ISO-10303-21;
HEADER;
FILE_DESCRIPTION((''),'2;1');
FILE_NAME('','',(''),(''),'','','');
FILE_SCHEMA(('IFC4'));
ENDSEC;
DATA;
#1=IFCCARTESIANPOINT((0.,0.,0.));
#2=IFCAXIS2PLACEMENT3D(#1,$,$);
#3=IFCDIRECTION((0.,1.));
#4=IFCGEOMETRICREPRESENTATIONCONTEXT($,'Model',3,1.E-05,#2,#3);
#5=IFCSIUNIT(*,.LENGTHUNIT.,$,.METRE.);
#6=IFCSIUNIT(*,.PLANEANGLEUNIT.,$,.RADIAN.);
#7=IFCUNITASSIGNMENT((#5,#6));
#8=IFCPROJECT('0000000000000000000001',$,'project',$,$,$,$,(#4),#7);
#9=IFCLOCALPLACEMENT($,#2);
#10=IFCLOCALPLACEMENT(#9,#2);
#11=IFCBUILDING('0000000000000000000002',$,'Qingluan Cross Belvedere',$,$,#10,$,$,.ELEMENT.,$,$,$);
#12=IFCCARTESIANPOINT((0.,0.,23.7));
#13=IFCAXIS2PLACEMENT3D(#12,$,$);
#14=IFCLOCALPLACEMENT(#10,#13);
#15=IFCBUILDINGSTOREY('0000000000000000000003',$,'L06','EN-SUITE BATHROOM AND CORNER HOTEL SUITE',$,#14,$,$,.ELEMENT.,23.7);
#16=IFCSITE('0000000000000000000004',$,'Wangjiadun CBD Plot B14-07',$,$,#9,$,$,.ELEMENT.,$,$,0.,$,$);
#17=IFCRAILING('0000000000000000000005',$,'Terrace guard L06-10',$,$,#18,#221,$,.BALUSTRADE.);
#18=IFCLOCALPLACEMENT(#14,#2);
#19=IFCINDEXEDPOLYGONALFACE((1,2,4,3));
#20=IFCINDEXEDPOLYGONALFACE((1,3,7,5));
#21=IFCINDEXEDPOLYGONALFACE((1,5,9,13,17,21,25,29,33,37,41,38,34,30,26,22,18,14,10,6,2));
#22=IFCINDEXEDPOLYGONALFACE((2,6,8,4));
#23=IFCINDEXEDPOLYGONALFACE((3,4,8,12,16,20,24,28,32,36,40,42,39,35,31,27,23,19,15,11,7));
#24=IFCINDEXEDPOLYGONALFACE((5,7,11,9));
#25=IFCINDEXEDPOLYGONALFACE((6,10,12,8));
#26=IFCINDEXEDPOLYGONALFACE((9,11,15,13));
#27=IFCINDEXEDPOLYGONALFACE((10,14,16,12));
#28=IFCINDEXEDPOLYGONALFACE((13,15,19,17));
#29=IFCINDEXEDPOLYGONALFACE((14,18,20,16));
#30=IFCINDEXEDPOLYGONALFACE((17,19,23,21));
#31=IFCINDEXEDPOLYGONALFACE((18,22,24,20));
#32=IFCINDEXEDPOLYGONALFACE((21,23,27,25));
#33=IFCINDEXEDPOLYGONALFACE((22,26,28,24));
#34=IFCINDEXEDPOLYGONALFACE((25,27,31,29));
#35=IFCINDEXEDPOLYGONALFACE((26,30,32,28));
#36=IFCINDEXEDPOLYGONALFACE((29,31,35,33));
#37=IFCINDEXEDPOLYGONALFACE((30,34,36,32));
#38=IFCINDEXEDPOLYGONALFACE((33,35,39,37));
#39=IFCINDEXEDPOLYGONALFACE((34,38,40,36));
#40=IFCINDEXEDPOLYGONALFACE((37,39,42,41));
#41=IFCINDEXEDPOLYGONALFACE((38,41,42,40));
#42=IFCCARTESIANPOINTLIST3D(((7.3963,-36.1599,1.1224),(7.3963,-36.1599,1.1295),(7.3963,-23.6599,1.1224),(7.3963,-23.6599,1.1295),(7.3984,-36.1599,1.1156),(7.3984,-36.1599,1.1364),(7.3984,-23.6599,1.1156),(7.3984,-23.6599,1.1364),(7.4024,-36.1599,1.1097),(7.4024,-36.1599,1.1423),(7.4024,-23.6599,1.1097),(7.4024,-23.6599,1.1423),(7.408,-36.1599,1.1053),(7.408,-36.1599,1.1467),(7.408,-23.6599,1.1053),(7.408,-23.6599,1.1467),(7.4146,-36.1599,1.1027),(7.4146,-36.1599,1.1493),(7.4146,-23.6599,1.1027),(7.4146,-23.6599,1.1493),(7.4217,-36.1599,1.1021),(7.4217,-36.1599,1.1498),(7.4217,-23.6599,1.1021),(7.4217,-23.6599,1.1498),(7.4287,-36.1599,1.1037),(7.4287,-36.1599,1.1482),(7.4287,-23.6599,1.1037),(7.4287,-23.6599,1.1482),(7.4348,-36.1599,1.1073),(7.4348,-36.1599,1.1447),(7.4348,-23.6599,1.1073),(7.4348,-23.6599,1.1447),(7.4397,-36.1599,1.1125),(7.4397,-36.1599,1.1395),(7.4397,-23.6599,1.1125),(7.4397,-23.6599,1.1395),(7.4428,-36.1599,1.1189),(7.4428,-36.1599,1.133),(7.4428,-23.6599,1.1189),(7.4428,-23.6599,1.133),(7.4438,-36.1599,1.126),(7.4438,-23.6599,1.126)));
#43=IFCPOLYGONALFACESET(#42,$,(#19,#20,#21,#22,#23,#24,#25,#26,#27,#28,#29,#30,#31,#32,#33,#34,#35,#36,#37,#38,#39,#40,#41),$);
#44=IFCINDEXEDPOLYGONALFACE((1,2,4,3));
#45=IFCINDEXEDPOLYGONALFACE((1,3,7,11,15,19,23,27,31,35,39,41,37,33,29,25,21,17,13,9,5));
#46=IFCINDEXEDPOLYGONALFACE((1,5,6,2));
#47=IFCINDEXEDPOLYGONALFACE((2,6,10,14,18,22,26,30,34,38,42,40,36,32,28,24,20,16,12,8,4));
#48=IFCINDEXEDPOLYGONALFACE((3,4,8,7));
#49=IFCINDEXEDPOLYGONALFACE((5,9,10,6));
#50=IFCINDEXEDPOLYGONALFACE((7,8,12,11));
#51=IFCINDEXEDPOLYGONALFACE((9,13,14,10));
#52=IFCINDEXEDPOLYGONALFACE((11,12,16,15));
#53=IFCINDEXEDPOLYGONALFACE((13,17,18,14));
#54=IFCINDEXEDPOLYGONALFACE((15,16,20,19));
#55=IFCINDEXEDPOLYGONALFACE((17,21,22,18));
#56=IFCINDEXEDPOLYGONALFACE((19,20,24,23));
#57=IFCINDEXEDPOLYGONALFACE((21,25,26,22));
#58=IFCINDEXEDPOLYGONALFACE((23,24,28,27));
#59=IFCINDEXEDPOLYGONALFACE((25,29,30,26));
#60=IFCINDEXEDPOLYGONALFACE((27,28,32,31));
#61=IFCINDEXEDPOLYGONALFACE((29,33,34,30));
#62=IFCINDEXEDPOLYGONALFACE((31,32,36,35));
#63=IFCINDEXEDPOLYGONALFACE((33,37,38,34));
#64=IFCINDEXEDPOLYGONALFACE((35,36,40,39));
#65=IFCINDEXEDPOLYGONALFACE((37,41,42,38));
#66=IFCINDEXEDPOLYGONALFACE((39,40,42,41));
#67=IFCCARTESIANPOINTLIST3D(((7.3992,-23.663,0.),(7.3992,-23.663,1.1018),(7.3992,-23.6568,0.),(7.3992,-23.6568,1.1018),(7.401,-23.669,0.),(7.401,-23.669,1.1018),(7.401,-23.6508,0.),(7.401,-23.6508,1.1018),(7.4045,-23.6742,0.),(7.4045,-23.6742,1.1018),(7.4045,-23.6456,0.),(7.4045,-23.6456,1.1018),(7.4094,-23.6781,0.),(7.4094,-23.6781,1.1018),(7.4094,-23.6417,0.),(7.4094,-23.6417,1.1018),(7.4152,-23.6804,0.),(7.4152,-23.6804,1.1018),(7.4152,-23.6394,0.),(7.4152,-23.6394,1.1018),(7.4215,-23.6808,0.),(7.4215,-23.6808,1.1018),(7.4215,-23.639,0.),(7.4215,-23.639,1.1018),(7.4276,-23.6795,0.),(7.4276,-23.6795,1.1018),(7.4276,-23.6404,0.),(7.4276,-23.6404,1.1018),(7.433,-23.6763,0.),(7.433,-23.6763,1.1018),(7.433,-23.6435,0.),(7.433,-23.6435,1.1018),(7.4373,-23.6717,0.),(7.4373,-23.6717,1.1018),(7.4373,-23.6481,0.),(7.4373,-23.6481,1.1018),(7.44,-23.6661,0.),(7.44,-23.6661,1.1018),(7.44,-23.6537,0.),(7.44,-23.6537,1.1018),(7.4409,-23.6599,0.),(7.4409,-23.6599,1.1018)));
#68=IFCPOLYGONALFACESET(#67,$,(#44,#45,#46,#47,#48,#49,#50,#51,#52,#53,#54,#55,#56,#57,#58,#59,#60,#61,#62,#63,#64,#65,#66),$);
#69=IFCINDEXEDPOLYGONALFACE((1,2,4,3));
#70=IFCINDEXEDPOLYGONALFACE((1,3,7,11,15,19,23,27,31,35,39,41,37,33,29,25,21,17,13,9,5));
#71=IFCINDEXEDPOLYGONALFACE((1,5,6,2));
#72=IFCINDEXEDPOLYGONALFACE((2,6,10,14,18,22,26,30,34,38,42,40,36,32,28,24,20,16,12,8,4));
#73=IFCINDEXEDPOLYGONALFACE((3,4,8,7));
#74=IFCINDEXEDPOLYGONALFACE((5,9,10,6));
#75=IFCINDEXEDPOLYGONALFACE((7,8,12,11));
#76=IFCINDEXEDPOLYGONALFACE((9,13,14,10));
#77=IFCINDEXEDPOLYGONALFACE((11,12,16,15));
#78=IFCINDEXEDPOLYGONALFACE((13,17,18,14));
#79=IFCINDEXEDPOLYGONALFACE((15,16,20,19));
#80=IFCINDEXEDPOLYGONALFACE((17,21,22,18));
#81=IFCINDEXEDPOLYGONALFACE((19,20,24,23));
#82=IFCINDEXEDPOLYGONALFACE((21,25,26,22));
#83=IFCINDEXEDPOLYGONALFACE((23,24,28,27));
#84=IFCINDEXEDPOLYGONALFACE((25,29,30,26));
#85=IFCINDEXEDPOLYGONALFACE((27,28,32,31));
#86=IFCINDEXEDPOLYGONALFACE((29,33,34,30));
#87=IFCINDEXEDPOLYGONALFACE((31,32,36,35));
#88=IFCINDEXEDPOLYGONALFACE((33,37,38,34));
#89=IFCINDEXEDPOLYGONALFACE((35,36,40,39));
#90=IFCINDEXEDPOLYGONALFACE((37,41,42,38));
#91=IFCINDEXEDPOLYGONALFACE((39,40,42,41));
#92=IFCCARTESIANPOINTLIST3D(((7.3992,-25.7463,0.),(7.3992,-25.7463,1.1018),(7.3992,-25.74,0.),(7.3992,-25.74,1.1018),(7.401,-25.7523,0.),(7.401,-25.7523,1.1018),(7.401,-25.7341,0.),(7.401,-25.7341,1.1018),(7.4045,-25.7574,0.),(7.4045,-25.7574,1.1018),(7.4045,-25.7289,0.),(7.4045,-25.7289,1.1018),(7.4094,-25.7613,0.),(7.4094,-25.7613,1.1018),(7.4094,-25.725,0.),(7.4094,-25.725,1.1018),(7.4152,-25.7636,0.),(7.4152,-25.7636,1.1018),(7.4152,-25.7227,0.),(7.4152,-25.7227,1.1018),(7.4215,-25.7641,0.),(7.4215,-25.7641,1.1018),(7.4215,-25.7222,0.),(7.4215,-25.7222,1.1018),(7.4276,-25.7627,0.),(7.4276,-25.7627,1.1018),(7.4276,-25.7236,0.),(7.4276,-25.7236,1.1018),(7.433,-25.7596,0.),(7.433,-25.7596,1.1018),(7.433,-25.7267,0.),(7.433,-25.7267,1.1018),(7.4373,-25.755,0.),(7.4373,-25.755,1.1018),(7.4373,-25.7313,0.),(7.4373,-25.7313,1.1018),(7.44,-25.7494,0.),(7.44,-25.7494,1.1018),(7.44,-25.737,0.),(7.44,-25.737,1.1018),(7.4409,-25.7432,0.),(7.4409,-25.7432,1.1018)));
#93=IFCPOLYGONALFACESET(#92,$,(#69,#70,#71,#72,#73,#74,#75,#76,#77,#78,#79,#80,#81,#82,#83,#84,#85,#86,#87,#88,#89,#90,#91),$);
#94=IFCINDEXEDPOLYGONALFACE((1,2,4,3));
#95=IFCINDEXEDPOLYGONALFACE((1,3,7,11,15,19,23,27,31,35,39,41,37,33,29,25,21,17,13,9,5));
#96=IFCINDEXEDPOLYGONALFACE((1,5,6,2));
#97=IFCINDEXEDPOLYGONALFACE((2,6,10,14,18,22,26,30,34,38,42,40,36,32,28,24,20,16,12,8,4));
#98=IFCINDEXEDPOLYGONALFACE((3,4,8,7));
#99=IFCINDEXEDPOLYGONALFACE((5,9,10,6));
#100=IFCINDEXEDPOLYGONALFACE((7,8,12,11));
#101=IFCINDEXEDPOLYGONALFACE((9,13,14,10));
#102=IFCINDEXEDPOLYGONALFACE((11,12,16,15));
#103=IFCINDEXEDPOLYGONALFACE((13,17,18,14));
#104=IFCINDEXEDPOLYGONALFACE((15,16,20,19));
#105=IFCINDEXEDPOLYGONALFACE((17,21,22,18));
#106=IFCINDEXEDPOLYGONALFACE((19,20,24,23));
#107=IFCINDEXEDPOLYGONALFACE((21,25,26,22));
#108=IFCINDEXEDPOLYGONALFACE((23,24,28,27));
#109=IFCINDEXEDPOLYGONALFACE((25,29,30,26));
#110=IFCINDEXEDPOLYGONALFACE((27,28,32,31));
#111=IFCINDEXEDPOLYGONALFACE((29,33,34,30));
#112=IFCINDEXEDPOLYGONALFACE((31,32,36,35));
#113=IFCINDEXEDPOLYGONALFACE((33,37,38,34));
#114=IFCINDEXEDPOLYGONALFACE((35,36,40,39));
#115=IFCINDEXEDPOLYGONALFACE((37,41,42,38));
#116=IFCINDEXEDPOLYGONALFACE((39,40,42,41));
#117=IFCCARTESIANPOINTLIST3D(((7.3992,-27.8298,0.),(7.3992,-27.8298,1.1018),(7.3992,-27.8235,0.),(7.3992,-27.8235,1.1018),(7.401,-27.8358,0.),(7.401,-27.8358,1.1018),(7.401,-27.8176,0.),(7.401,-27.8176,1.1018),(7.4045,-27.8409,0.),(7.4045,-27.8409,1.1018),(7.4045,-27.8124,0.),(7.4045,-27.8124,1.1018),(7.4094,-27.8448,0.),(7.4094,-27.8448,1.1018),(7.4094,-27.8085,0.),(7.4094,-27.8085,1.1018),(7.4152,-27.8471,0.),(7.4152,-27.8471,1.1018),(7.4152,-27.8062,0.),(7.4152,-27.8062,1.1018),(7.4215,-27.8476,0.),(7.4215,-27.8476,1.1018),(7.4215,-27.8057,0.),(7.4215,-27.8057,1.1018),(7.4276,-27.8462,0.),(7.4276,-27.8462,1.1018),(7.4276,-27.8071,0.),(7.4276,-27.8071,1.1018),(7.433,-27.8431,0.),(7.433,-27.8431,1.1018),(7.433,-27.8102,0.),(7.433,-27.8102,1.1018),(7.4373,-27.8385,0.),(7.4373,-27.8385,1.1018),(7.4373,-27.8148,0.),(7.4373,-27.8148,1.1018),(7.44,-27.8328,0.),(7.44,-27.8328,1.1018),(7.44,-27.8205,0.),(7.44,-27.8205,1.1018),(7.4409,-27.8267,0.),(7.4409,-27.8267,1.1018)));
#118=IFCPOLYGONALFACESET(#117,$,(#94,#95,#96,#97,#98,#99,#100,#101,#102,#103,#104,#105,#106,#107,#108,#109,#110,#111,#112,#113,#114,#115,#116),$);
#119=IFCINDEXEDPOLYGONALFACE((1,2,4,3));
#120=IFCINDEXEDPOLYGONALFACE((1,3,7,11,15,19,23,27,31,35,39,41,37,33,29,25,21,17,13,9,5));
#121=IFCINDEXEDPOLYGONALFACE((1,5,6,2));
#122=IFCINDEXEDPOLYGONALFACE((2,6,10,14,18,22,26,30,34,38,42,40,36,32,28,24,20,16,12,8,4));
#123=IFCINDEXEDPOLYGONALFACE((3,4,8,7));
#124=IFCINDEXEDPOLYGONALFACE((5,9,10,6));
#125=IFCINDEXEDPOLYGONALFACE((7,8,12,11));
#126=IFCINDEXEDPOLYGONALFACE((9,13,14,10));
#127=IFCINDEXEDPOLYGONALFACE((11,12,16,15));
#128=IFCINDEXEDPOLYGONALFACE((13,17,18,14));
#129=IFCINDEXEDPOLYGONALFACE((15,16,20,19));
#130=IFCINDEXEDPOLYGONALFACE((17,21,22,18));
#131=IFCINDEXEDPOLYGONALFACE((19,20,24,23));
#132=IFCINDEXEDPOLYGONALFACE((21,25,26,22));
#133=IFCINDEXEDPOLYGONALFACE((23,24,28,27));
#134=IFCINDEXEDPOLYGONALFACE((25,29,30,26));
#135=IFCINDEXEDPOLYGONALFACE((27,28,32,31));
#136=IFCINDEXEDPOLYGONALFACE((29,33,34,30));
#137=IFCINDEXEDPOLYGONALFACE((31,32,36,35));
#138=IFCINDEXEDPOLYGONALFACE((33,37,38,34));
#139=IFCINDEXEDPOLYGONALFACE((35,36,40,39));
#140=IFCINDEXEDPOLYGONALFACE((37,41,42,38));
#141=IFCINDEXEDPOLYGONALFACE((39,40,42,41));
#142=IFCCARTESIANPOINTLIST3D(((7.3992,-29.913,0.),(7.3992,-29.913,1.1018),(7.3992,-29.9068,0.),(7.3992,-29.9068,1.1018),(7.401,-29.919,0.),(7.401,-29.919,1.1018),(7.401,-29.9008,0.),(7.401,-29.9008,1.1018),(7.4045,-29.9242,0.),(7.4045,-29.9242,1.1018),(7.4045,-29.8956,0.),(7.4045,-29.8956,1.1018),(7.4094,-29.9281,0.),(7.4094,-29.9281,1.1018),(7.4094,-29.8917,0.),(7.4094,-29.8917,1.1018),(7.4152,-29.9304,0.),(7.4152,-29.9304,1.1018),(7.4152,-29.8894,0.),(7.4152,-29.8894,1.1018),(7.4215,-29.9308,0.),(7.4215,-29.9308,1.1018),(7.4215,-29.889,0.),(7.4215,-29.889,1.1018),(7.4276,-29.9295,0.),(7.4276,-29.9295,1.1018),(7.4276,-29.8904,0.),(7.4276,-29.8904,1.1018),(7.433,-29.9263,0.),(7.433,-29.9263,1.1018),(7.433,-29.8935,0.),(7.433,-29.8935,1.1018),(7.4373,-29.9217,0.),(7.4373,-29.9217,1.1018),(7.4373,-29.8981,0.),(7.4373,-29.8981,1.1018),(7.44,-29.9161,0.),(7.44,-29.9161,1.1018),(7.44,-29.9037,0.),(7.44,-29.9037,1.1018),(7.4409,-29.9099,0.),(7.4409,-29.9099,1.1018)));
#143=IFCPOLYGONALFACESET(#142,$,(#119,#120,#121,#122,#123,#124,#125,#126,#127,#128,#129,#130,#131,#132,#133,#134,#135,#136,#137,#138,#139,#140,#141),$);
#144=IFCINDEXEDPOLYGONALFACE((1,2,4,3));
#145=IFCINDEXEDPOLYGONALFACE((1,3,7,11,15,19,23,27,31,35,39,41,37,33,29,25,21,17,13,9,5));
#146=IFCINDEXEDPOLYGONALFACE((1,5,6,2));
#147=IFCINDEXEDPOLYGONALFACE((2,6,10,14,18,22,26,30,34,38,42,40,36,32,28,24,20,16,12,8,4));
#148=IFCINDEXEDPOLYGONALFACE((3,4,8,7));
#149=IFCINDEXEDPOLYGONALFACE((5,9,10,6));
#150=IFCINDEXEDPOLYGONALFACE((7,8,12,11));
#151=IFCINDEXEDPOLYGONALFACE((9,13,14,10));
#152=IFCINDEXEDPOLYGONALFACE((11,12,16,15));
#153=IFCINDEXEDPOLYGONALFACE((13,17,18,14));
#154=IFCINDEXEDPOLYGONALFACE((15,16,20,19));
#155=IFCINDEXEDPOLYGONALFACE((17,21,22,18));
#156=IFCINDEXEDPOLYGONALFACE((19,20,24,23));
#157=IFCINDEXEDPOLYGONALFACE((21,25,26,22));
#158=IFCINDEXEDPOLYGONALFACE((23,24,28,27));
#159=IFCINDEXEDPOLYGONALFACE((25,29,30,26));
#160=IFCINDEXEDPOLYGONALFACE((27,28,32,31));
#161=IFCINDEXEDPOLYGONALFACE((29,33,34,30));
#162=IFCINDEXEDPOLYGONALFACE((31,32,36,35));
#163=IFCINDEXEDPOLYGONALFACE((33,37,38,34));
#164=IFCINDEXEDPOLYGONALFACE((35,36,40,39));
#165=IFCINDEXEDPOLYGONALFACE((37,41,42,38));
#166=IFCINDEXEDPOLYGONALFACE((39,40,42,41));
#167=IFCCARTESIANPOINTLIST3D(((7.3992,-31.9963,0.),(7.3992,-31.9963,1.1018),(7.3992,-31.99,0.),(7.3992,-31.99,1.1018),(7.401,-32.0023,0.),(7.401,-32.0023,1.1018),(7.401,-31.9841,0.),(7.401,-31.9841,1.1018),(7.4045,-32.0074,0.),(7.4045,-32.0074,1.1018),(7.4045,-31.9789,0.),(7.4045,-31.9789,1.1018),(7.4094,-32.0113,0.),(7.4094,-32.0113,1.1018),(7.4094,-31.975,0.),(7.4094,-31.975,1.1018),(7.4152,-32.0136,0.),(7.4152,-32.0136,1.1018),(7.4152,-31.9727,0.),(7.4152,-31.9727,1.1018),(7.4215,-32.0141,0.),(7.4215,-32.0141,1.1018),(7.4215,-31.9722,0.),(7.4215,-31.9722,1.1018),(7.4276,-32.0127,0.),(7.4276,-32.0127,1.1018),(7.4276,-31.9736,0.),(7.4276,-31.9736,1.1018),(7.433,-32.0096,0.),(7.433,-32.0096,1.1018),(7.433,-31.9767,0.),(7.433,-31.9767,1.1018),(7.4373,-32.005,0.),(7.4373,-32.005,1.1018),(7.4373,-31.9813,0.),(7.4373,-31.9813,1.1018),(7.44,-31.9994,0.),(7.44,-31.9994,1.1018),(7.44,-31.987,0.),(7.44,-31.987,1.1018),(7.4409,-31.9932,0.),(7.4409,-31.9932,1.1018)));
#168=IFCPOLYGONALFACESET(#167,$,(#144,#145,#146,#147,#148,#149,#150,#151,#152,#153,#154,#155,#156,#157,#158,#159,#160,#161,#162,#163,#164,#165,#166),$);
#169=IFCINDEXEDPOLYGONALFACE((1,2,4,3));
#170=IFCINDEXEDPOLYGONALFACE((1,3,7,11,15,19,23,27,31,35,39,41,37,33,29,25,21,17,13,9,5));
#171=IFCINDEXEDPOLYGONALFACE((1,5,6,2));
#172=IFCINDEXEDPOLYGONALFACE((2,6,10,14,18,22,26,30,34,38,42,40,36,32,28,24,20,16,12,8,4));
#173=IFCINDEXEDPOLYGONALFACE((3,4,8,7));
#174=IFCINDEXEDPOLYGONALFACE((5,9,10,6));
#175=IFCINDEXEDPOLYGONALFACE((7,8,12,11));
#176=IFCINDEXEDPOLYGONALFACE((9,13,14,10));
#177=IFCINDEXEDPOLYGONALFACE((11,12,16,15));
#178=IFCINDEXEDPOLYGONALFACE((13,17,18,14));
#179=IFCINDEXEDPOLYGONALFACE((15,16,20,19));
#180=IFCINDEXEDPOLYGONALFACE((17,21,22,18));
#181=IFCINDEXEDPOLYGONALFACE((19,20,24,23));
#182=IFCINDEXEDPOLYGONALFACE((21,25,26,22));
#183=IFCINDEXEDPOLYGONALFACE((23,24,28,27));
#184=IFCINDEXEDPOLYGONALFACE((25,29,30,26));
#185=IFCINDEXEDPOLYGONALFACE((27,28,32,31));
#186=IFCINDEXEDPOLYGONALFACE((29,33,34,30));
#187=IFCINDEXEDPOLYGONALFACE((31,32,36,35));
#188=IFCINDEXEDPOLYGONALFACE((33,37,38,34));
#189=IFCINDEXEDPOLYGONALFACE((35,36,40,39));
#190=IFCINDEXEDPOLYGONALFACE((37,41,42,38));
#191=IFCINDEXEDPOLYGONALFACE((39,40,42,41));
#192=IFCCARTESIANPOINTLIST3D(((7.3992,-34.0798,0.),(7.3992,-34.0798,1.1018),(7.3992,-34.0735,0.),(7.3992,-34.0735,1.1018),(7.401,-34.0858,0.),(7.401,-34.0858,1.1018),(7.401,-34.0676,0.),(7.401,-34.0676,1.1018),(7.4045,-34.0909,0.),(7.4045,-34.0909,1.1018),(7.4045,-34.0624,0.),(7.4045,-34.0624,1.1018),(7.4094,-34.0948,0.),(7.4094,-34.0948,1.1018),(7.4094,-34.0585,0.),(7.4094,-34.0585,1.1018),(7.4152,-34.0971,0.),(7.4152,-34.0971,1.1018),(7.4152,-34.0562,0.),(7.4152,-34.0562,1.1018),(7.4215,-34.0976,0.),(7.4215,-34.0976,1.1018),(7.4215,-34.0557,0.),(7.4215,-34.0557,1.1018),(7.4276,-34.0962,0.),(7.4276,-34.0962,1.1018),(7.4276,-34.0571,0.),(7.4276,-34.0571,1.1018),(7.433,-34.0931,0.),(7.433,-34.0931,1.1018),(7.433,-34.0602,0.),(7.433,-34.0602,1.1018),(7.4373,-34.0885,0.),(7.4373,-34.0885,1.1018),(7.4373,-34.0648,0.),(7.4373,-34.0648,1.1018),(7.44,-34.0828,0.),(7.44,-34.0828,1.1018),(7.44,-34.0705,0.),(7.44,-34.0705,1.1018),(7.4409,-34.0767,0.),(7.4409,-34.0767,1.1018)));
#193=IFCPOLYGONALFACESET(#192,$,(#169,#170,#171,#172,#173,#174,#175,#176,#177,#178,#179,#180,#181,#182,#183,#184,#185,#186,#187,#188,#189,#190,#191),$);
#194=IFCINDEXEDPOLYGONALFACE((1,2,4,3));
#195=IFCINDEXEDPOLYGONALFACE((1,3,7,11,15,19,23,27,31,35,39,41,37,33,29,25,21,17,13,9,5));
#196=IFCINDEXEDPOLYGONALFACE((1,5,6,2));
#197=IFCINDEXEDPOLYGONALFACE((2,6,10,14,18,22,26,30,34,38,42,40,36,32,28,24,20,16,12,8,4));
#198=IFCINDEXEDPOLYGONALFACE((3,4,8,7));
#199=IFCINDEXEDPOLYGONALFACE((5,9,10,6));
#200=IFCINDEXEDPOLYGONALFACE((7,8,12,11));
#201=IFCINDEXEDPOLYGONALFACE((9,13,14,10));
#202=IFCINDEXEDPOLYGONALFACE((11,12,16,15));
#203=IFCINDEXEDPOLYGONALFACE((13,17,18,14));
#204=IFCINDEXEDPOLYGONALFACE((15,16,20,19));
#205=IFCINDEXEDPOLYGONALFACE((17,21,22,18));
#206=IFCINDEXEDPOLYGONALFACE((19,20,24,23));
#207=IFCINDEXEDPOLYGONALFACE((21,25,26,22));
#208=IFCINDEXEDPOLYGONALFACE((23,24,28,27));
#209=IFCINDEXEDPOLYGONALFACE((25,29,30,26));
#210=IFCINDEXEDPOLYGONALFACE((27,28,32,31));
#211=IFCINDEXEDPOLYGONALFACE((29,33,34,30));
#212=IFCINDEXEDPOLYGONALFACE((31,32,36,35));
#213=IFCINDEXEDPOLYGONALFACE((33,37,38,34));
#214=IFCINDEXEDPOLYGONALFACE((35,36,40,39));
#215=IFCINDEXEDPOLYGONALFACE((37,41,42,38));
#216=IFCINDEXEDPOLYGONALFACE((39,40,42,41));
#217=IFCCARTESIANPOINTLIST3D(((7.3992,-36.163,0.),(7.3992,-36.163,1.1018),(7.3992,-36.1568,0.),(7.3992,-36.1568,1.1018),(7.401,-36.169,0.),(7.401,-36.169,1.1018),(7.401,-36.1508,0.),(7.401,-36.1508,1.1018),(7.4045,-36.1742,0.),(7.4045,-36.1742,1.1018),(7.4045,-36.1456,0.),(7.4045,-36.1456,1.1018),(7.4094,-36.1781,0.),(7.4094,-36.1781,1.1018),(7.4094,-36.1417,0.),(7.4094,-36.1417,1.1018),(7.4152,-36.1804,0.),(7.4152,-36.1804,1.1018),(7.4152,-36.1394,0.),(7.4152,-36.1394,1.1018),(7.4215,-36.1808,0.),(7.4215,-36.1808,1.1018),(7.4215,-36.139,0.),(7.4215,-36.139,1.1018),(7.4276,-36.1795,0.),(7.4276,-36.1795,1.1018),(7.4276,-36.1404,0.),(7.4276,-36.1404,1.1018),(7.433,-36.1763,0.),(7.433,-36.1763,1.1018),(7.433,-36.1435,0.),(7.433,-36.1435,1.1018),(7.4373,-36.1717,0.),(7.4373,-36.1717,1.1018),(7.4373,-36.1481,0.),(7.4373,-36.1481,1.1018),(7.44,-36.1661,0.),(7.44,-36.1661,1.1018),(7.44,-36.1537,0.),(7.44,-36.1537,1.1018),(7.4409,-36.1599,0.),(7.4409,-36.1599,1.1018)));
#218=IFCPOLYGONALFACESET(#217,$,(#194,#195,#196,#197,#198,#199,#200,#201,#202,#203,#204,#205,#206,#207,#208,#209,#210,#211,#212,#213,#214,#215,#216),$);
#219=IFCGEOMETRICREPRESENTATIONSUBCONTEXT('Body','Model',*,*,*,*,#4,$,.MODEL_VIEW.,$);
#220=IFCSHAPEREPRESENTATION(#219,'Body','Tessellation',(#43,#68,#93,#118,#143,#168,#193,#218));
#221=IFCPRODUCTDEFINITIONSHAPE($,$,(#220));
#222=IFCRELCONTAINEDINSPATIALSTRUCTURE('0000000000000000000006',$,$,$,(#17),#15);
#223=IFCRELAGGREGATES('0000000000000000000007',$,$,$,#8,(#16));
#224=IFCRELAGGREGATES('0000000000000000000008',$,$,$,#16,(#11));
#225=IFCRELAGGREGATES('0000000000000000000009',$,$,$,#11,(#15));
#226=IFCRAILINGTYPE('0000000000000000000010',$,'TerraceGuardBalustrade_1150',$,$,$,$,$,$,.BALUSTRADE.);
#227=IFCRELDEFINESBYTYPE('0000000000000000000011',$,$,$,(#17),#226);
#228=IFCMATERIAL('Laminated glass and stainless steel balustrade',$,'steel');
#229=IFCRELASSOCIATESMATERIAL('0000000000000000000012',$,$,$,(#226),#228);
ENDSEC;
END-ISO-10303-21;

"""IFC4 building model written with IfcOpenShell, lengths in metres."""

from ifc_helpers import new_model, si_unit, direction, frame, origin, origin_2d, place, context, subcontext, project, spatial, circle, extrude, material, type_object, element, save


model = new_model("IFC4")

# Units and contexts
model_context = context("Model", 3, precision=1e-05, world=origin(), true_north=direction((0.0, 1.0)))
body_context = subcontext(model_context, "Body", "Model", "MODEL_VIEW")
ifc_project = project(units=[si_unit("LENGTHUNIT", "METRE"), si_unit("PLANEANGLEUNIT", "RADIAN")], contexts=[model_context])

# Site, building, storey
site_placement = place(None, origin())
site = spatial("IfcSite", under=ifc_project, at=site_placement, Name="Wangjiadun CBD Plot B14-07", CompositionType="ELEMENT", RefElevation=0.0)
building_placement = place(site_placement, origin())
building = spatial("IfcBuilding", under=site, at=building_placement, Name="Qingluan Cross Belvedere", CompositionType="ELEMENT")
storey_placement = place(building_placement, frame((0.0, 0.0, 23.7)))
storey = spatial("IfcBuildingStorey", under=building, at=storey_placement, Name="L06", Description="EN-SUITE BATHROOM AND CORNER HOTEL SUITE", CompositionType="ELEMENT", Elevation=23.7)

# Railing
ifc_material_1 = material(Name="Laminated glass and stainless steel balustrade", Category="steel")
railing_type = type_object("IfcRailingType", Name="TerraceGuardBalustrade_1150", PredefinedType="BALUSTRADE", material=ifc_material_1)
railing_placement = place(storey_placement, frame((7.4199, -23.6599, 0.0)))
element("IfcRailing", 1, at=railing_placement, inside=storey, type_object=railing_type, Name="Terrace guard L06-10", PredefinedType="BALUSTRADE", context=body_context, shape_type="SweptSolid", body=[
    extrude(circle(Radius=0.0239, at=origin_2d()), frame((0.0, 0.0, 1.126), z_axis=(0.0, -1.0, 0.0), x_axis=(1.0, 0.0, 0.0)), (0.0, 0.0, 1.0), 12.5),
    extrude(circle(Radius=0.021, at=origin_2d()), origin(), (0.0, 0.0, 1.0), 1.1018),
    extrude(circle(Radius=0.021, at=origin_2d()), frame((0.0, -2.0833, 0.0)), (0.0, 0.0, 1.0), 1.1018),
    extrude(circle(Radius=0.021, at=origin_2d()), frame((0.0, -4.1667, 0.0)), (0.0, 0.0, 1.0), 1.1018),
    extrude(circle(Radius=0.021, at=origin_2d()), frame((0.0, -6.25, 0.0)), (0.0, 0.0, 1.0), 1.1018),
    extrude(circle(Radius=0.021, at=origin_2d()), frame((0.0, -8.3333, 0.0)), (0.0, 0.0, 1.0), 1.1018),
    extrude(circle(Radius=0.021, at=origin_2d()), frame((0.0, -10.4167, 0.0)), (0.0, 0.0, 1.0), 1.1018),
    extrude(circle(Radius=0.021, at=origin_2d()), frame((0.0, -12.5, 0.0)), (0.0, 0.0, 1.0), 1.1018),
])

save(model, "model.ifc")
